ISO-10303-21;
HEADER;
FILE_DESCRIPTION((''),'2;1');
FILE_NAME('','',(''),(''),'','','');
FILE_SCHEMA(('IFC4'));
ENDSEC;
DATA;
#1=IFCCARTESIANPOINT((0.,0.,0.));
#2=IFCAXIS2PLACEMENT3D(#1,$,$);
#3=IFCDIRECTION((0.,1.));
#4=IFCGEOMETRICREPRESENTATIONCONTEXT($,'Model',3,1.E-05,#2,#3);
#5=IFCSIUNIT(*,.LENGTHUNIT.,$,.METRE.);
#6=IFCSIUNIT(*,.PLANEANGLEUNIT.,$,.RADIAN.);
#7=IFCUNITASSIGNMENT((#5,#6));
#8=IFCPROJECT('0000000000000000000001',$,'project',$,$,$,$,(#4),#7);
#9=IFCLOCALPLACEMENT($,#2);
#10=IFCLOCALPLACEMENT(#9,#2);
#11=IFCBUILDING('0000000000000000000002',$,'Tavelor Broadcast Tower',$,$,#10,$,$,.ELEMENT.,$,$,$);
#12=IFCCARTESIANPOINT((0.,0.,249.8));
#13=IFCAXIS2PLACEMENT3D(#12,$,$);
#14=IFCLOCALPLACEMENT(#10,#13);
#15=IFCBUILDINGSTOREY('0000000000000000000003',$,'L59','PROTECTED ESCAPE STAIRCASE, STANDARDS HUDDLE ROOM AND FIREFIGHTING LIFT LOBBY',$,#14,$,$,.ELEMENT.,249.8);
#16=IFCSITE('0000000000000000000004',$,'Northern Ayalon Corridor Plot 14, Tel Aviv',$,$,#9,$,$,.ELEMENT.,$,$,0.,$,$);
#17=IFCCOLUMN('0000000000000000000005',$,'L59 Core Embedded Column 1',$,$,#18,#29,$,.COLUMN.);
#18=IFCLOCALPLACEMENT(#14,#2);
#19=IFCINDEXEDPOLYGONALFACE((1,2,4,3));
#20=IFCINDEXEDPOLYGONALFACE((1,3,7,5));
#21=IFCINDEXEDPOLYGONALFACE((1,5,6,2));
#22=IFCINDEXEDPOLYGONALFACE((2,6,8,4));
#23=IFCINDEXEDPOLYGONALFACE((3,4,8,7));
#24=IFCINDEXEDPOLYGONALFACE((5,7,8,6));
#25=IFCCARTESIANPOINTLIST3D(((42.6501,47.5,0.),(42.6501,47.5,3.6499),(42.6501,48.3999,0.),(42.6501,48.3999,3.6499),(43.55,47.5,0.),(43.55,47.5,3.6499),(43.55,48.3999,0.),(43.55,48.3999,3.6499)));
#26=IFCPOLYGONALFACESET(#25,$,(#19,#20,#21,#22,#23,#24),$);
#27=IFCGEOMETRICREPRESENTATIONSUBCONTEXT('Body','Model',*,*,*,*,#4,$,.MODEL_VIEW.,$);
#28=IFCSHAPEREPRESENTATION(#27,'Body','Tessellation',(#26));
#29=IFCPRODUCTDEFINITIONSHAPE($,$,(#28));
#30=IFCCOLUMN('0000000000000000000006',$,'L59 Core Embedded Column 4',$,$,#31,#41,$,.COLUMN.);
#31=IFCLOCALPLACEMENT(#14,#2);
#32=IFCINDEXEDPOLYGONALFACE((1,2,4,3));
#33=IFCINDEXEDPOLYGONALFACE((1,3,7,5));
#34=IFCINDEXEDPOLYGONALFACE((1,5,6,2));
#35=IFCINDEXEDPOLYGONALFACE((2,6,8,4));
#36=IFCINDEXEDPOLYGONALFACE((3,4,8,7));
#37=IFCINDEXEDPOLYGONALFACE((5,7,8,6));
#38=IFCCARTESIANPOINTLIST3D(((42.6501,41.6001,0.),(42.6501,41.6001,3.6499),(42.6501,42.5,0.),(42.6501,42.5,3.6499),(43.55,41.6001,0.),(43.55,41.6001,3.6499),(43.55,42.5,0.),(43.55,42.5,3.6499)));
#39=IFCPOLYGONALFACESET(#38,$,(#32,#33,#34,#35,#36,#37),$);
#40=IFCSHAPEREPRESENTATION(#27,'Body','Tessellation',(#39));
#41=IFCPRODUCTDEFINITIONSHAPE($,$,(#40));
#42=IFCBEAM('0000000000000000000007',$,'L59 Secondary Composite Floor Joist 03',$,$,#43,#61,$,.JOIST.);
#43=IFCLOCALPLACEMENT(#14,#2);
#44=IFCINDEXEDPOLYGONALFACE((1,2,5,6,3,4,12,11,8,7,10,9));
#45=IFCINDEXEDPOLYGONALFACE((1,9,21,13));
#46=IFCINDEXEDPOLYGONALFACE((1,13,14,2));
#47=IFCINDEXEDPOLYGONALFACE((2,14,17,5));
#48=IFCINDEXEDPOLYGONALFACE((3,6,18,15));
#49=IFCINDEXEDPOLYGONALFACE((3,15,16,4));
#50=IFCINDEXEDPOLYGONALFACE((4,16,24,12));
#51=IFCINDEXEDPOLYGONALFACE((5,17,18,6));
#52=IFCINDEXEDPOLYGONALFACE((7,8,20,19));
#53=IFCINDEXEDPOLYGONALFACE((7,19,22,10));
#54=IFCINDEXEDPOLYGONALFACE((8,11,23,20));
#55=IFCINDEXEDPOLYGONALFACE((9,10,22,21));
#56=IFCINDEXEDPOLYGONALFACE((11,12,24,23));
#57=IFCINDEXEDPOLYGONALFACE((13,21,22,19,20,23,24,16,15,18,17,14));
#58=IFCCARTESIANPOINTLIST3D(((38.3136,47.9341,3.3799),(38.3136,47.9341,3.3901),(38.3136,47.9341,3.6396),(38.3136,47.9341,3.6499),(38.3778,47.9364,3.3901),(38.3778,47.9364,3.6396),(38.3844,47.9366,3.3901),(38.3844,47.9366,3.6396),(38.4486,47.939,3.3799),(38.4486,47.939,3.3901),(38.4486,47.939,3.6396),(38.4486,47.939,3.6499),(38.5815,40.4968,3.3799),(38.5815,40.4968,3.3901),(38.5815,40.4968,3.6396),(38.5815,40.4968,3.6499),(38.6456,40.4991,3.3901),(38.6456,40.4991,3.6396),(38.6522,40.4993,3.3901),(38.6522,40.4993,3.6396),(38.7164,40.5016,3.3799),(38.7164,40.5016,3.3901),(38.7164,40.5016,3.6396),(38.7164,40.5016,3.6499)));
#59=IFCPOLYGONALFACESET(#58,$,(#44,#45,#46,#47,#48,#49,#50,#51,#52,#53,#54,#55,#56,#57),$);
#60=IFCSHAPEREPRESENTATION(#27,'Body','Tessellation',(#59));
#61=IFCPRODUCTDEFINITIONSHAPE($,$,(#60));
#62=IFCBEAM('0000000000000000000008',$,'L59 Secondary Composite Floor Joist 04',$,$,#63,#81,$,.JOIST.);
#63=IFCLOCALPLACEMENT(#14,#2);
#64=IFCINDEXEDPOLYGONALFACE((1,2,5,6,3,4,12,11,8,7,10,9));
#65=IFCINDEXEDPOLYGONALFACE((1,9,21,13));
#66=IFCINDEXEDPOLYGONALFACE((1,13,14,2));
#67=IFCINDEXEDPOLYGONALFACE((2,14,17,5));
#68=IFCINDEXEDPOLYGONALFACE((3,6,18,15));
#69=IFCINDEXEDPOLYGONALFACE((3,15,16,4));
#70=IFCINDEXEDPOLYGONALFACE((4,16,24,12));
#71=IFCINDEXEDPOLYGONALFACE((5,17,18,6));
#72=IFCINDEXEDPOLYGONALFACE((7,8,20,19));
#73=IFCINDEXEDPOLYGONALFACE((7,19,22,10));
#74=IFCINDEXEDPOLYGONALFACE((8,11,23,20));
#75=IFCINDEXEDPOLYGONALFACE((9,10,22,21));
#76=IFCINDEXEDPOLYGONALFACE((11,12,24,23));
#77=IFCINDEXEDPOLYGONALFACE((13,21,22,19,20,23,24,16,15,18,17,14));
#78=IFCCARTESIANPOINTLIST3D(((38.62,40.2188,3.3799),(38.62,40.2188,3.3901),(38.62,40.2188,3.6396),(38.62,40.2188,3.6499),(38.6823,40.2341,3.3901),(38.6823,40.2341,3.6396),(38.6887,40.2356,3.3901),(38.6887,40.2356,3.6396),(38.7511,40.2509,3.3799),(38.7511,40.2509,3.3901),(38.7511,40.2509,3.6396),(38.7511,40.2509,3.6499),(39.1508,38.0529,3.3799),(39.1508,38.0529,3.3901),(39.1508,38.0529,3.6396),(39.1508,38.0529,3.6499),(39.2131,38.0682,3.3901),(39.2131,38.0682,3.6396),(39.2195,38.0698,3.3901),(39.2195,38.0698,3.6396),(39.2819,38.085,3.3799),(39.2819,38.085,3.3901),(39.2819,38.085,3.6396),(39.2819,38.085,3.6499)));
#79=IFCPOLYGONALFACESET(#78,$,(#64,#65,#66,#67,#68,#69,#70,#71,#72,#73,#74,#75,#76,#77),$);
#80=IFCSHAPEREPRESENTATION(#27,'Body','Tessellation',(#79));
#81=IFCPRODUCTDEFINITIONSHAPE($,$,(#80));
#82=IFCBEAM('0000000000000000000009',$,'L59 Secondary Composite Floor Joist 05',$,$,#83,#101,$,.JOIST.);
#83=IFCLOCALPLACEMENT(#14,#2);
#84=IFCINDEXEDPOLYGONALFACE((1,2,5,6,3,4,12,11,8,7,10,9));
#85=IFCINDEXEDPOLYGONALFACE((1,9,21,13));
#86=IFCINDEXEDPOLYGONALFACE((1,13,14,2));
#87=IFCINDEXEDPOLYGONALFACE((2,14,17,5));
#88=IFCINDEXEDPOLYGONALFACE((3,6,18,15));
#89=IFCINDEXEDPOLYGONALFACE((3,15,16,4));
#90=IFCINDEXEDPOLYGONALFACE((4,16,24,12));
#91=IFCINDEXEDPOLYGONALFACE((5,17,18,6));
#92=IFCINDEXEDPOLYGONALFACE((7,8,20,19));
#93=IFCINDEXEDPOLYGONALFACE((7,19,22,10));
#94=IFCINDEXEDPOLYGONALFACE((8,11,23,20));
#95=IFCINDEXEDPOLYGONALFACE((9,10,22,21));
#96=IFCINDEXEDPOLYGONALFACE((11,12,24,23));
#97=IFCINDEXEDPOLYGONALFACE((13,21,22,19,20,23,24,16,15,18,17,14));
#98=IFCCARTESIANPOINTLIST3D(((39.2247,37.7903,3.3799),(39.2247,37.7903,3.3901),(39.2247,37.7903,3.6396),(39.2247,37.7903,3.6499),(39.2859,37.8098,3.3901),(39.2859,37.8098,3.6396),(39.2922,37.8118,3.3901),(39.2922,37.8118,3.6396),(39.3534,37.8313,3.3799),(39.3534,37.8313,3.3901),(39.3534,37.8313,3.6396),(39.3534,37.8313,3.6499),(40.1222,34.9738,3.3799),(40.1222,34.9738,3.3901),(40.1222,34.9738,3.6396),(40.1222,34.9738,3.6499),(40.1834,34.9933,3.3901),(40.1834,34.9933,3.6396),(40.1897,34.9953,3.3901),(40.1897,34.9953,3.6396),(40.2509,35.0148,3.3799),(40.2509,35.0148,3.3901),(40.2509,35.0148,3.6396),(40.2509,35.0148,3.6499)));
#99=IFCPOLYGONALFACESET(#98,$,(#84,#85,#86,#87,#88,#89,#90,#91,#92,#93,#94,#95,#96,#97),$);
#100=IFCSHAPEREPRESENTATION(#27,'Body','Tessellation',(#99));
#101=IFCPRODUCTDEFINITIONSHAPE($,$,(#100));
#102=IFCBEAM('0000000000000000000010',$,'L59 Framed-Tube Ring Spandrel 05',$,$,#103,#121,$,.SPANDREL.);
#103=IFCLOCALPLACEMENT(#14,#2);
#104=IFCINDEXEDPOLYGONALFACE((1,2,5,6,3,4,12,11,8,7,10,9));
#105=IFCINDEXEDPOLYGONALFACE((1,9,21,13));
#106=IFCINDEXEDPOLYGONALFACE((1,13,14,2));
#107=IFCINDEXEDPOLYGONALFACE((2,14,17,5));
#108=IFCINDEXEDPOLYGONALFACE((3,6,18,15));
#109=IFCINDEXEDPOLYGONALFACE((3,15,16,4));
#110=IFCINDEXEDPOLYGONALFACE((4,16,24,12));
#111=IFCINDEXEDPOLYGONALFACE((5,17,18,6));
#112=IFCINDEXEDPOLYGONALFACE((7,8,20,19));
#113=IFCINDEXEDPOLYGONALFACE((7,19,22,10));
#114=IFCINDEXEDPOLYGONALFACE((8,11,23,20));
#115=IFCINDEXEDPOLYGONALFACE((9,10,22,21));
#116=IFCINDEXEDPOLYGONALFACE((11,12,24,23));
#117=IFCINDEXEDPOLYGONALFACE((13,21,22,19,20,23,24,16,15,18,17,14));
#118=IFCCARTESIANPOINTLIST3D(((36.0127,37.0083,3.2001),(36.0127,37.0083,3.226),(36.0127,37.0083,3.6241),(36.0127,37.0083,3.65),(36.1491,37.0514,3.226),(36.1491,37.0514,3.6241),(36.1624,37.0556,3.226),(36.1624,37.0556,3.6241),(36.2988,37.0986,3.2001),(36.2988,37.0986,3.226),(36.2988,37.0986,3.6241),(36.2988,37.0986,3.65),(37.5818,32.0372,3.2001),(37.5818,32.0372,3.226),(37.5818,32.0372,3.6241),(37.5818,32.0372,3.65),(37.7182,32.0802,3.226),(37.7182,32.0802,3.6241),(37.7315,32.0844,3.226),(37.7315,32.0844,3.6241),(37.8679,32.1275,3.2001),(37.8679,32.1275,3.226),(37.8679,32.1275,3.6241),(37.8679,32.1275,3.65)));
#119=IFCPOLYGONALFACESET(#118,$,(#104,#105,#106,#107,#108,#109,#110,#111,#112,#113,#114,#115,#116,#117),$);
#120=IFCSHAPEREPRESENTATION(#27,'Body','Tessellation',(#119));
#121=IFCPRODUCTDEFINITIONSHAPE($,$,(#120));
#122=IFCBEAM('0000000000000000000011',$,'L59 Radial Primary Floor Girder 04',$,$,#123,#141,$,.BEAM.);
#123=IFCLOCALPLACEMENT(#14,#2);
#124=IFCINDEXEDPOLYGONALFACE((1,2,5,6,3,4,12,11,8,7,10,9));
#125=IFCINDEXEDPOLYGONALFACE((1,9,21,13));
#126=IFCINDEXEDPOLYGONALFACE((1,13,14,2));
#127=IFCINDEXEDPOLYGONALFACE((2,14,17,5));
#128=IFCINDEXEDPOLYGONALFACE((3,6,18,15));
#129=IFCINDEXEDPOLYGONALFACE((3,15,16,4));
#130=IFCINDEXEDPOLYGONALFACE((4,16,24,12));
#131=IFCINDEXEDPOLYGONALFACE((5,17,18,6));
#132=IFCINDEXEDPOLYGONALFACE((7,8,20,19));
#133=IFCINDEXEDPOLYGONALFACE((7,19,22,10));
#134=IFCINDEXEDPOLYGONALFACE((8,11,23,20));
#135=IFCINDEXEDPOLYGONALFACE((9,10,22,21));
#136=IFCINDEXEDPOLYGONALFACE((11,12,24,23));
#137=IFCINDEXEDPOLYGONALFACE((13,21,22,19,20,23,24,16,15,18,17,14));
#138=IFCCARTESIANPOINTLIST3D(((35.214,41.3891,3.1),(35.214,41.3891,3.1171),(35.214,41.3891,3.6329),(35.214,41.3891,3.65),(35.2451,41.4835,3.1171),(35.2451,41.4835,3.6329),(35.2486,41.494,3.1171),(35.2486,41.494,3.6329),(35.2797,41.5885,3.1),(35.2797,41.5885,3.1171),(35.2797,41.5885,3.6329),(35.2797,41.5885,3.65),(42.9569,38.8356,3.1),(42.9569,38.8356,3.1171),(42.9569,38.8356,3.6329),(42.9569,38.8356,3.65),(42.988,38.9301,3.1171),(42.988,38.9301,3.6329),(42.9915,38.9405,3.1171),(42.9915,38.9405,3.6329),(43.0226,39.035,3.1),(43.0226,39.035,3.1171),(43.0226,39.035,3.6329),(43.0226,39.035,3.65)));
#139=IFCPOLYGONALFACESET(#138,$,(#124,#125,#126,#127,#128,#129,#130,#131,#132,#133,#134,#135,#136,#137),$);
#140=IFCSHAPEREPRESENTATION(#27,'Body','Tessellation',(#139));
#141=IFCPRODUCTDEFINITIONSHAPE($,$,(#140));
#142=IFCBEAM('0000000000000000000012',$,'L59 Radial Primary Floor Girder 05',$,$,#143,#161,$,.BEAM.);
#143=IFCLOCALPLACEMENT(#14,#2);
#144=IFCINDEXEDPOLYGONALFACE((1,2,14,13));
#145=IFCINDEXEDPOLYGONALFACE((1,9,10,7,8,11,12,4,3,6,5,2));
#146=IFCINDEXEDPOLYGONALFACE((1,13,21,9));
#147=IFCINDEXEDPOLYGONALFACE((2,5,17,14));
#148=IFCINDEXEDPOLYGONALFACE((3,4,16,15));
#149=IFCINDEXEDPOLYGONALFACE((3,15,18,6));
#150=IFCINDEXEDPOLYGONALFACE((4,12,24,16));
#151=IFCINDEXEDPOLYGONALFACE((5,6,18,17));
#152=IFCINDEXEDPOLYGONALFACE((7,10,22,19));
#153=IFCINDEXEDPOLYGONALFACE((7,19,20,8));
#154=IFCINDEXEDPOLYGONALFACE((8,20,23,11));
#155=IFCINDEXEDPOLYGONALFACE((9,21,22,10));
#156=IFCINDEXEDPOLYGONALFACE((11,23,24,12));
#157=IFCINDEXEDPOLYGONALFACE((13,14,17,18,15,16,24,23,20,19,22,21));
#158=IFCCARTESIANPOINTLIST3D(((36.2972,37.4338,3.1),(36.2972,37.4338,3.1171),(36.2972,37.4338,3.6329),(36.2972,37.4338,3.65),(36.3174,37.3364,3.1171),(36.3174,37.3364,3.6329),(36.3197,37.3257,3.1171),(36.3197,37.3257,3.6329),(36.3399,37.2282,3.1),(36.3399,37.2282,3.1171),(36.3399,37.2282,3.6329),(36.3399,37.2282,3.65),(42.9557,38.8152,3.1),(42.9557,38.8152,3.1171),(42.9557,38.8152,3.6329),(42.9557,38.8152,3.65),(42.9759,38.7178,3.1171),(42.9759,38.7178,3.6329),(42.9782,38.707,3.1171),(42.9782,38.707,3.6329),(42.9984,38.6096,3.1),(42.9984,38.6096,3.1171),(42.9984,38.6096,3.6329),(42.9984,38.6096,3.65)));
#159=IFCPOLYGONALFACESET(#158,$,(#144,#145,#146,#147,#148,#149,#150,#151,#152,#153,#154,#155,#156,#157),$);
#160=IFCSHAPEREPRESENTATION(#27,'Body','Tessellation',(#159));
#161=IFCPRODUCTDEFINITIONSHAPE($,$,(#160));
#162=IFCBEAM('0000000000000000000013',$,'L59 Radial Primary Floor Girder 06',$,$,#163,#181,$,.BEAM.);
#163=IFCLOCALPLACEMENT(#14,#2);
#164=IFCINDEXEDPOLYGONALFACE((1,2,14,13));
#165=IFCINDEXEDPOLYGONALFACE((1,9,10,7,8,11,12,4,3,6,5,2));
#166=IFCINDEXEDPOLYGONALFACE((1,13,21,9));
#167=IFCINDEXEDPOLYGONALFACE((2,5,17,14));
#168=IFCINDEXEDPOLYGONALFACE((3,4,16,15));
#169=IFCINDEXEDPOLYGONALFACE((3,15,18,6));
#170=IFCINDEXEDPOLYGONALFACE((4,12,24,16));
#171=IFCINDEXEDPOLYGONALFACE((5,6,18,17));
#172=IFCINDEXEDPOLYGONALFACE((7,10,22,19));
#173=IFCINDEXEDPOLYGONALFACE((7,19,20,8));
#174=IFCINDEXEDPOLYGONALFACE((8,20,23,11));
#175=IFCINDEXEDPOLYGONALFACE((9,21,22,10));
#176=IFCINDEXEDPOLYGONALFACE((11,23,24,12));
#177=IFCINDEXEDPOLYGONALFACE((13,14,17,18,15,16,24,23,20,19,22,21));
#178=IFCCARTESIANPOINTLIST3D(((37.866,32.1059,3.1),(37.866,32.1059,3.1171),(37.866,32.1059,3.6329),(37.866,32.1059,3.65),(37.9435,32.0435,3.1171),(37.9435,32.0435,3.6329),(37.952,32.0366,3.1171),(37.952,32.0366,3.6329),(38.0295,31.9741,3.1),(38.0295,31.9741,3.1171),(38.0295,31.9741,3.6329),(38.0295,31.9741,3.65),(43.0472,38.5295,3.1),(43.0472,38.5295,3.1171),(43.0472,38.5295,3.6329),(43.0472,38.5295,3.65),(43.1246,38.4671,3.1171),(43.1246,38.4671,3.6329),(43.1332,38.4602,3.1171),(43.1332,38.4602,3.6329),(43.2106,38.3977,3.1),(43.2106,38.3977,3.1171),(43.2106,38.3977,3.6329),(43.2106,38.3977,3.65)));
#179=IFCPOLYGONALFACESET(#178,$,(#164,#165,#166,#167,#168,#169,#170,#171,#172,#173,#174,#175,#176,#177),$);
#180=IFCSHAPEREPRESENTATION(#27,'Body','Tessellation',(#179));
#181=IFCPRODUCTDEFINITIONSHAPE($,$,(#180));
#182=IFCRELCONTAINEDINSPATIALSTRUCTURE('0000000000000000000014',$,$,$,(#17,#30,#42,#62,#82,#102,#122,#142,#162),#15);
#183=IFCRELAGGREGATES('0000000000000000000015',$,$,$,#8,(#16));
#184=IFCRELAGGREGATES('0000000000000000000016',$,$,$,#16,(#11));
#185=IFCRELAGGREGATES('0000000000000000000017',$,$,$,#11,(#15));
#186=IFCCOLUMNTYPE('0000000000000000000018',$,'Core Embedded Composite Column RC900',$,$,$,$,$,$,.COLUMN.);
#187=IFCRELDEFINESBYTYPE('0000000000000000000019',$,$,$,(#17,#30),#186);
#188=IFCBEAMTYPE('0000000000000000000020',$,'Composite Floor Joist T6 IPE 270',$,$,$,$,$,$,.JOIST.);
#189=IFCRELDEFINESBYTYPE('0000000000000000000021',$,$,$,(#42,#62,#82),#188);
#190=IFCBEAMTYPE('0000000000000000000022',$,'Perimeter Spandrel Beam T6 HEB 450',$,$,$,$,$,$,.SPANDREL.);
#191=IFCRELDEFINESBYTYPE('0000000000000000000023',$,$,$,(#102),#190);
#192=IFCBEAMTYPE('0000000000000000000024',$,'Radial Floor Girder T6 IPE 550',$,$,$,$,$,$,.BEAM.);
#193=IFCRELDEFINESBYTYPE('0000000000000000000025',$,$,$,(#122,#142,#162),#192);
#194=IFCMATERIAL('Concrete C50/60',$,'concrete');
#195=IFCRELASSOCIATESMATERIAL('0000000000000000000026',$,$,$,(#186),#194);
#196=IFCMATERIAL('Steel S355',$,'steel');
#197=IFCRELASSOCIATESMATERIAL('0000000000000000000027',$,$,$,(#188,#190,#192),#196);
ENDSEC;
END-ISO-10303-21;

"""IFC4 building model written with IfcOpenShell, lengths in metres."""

from ifc_helpers import new_model, si_unit, direction, frame, origin, origin_2d, place, context, subcontext, project, spatial, rectangle, i_section, extrude, material, material_profile, profile_set, type_object, element, save


model = new_model("IFC4")

# Units and contexts
model_context = context("Model", 3, precision=1e-05, world=origin(), true_north=direction((0.0, 1.0)))
body_context = subcontext(model_context, "Body", "Model", "MODEL_VIEW")
ifc_project = project(units=[si_unit("LENGTHUNIT", "METRE"), si_unit("PLANEANGLEUNIT", "RADIAN")], contexts=[model_context])

# Site, building, storey
site_placement = place(None, origin())
site = spatial("IfcSite", under=ifc_project, at=site_placement, Name="Northern Ayalon Corridor Plot 14, Tel Aviv", CompositionType="ELEMENT", RefElevation=0.0)
building_placement = place(site_placement, origin())
building = spatial("IfcBuilding", under=site, at=building_placement, Name="Tavelor Broadcast Tower", CompositionType="ELEMENT")
storey_placement = place(building_placement, frame((0.0, 0.0, 249.8)))
storey = spatial("IfcBuildingStorey", under=building, at=storey_placement, Name="L59", Description="PROTECTED ESCAPE STAIRCASE, STANDARDS HUDDLE ROOM AND FIREFIGHTING LIFT LOBBY", CompositionType="ELEMENT", Elevation=249.8)

# Columns
ifc_material_1 = material(Name="Concrete C50/60", Category="concrete")
ifc_material_profile_1 = material_profile(ifc_material_1, rectangle(XDim=0.8999, YDim=0.8999, at=origin_2d()), Name="RC 900x900")
ifc_profile_set_1 = profile_set([ifc_material_profile_1], Name="Concrete C50/60")
column_type = type_object("IfcColumnType", Name="Core Embedded Composite Column RC900", PredefinedType="COLUMN", material=ifc_profile_set_1)
for number, where, z_axis, x_axis, name in (
    (1, (43.1001, 47.95, 0.0), (0.0, 0.0, 1.0), (1.0, 0.0, 0.0), "L59 Core Embedded Column 1"),
    (2, (43.1001, 42.05, 0.0), (0.0, 0.0, 1.0), (1.0, 0.0, 0.0), "L59 Core Embedded Column 4"),
):
    element("IfcColumn", number, at=place(storey_placement, frame(where, z_axis=z_axis, x_axis=x_axis)), inside=storey, type_object=column_type, Name=name, PredefinedType="COLUMN", context=body_context, shape_type="SweptSolid", body=[
        extrude(rectangle(XDim=0.8999, YDim=0.8999, at=origin_2d()), origin(), (0.0, 0.0, 1.0), 3.6499),
    ])

# Beams
ifc_material_2 = material(Name="Steel S355", Category="steel")
ifc_material_profile_2 = material_profile(ifc_material_2, i_section(OverallWidth=0.135, OverallDepth=0.27, WebThickness=0.0066, FlangeThickness=0.0103, at=origin_2d()), Name="IPE 270")
ifc_profile_set_2 = profile_set([ifc_material_profile_2], Name="Steel S355")
beam_type_1 = type_object("IfcBeamType", Name="Composite Floor Joist T6 IPE 270", PredefinedType="JOIST", material=ifc_profile_set_2)
beam_1_placement = place(storey_placement, frame((38.3811, 47.9365, 3.5149), z_axis=(0.035988, -0.999352, 0.0), x_axis=(0.999352, 0.035988, 0.0)))
element("IfcBeam", 3, at=beam_1_placement, inside=storey, type_object=beam_type_1, Name="L59 Secondary Composite Floor Joist 03", PredefinedType="JOIST", context=body_context, shape_type="SweptSolid", body=[
    extrude(i_section(OverallWidth=0.135, OverallDepth=0.27, WebThickness=0.0066, FlangeThickness=0.0103, at=origin_2d()), origin(), (0.0, 0.0, 1.0), 7.4421),
])
beam_2_placement = place(storey_placement, frame((38.6855, 40.2349, 3.5149), z_axis=(0.238025, -0.971259, 0.0), x_axis=(0.971259, 0.238025, 0.0)))
element("IfcBeam", 4, at=beam_2_placement, inside=storey, type_object=beam_type_1, Name="L59 Secondary Composite Floor Joist 04", PredefinedType="JOIST", context=body_context, shape_type="SweptSolid", body=[
    extrude(i_section(OverallWidth=0.135, OverallDepth=0.27, WebThickness=0.0066, FlangeThickness=0.0103, at=origin_2d()), origin(), (0.0, 0.0, 1.0), 2.23),
])
beam_3_placement = place(storey_placement, frame((39.2891, 37.8108, 3.5149), z_axis=(0.303613, -0.952796, 0.0), x_axis=(0.952796, 0.303613, 0.0)))
element("IfcBeam", 5, at=beam_3_placement, inside=storey, type_object=beam_type_1, Name="L59 Secondary Composite Floor Joist 05", PredefinedType="JOIST", context=body_context, shape_type="SweptSolid", body=[
    extrude(i_section(OverallWidth=0.135, OverallDepth=0.27, WebThickness=0.0066, FlangeThickness=0.0103, at=origin_2d()), origin(), (0.0, 0.0, 1.0), 2.9561),
])
ifc_material_profile_3 = material_profile(ifc_material_2, i_section(OverallWidth=0.3, OverallDepth=0.45, WebThickness=0.0139, FlangeThickness=0.0259, at=origin_2d()), Name="HEB 450")
ifc_profile_set_3 = profile_set([ifc_material_profile_3], Name="Steel S355")
beam_type_2 = type_object("IfcBeamType", Name="Perimeter Spandrel Beam T6 HEB 450", PredefinedType="SPANDREL", material=ifc_profile_set_3)
beam_4_placement = place(storey_placement, frame((36.1558, 37.0535, 3.425), z_axis=(0.300999, -0.953624, 0.0), x_axis=(0.953624, 0.300999, 0.0)))
element("IfcBeam", 6, at=beam_4_placement, inside=storey, type_object=beam_type_2, Name="L59 Framed-Tube Ring Spandrel 05", PredefinedType="SPANDREL", context=body_context, shape_type="SweptSolid", body=[
    extrude(i_section(OverallWidth=0.3, OverallDepth=0.45, WebThickness=0.0139, FlangeThickness=0.0259, at=origin_2d()), origin(), (0.0, 0.0, 1.0), 5.2129),
])
ifc_material_profile_4 = material_profile(ifc_material_2, i_section(OverallWidth=0.21, OverallDepth=0.55, WebThickness=0.011, FlangeThickness=0.0171, at=origin_2d()), Name="IPE 550")
ifc_profile_set_4 = profile_set([ifc_material_profile_4], Name="Steel S355")
beam_type_3 = type_object("IfcBeamType", Name="Radial Floor Girder T6 IPE 550", PredefinedType="BEAM", material=ifc_profile_set_4)
beam_5_placement = place(storey_placement, frame((42.9897, 38.9353, 3.375), z_axis=(-0.949691, 0.31319, 0.0), x_axis=(-0.31319, -0.949691, 0.0)))
element("IfcBeam", 7, at=beam_5_placement, inside=storey, type_object=beam_type_3, Name="L59 Radial Primary Floor Girder 04", PredefinedType="BEAM", context=body_context, shape_type="SweptSolid", body=[
    extrude(i_section(OverallWidth=0.21, OverallDepth=0.55, WebThickness=0.011, FlangeThickness=0.0171, at=origin_2d()), origin(), (0.0, 0.0, 1.0), 8.1531),
])
beam_6_placement = place(storey_placement, frame((42.9771, 38.7124, 3.375), z_axis=(-0.979151, -0.203133, 0.0), x_axis=(0.203133, -0.979151, 0.0)))
element("IfcBeam", 8, at=beam_6_placement, inside=storey, type_object=beam_type_3, Name="L59 Radial Primary Floor Girder 05", PredefinedType="BEAM", context=body_context, shape_type="SweptSolid", body=[
    extrude(i_section(OverallWidth=0.21, OverallDepth=0.55, WebThickness=0.011, FlangeThickness=0.0171, at=origin_2d()), origin(), (0.0, 0.0, 1.0), 6.8003),
])
beam_7_placement = place(storey_placement, frame((43.1289, 38.4636, 3.375), z_axis=(-0.627814, -0.778363, 0.0), x_axis=(0.778363, -0.627814, 0.0)))
element("IfcBeam", 9, at=beam_7_placement, inside=storey, type_object=beam_type_3, Name="L59 Radial Primary Floor Girder 06", PredefinedType="BEAM", context=body_context, shape_type="SweptSolid", body=[
    extrude(i_section(OverallWidth=0.21, OverallDepth=0.55, WebThickness=0.011, FlangeThickness=0.0171, at=origin_2d()), origin(), (0.0, 0.0, 1.0), 8.2527),
])

save(model, "model.ifc")
